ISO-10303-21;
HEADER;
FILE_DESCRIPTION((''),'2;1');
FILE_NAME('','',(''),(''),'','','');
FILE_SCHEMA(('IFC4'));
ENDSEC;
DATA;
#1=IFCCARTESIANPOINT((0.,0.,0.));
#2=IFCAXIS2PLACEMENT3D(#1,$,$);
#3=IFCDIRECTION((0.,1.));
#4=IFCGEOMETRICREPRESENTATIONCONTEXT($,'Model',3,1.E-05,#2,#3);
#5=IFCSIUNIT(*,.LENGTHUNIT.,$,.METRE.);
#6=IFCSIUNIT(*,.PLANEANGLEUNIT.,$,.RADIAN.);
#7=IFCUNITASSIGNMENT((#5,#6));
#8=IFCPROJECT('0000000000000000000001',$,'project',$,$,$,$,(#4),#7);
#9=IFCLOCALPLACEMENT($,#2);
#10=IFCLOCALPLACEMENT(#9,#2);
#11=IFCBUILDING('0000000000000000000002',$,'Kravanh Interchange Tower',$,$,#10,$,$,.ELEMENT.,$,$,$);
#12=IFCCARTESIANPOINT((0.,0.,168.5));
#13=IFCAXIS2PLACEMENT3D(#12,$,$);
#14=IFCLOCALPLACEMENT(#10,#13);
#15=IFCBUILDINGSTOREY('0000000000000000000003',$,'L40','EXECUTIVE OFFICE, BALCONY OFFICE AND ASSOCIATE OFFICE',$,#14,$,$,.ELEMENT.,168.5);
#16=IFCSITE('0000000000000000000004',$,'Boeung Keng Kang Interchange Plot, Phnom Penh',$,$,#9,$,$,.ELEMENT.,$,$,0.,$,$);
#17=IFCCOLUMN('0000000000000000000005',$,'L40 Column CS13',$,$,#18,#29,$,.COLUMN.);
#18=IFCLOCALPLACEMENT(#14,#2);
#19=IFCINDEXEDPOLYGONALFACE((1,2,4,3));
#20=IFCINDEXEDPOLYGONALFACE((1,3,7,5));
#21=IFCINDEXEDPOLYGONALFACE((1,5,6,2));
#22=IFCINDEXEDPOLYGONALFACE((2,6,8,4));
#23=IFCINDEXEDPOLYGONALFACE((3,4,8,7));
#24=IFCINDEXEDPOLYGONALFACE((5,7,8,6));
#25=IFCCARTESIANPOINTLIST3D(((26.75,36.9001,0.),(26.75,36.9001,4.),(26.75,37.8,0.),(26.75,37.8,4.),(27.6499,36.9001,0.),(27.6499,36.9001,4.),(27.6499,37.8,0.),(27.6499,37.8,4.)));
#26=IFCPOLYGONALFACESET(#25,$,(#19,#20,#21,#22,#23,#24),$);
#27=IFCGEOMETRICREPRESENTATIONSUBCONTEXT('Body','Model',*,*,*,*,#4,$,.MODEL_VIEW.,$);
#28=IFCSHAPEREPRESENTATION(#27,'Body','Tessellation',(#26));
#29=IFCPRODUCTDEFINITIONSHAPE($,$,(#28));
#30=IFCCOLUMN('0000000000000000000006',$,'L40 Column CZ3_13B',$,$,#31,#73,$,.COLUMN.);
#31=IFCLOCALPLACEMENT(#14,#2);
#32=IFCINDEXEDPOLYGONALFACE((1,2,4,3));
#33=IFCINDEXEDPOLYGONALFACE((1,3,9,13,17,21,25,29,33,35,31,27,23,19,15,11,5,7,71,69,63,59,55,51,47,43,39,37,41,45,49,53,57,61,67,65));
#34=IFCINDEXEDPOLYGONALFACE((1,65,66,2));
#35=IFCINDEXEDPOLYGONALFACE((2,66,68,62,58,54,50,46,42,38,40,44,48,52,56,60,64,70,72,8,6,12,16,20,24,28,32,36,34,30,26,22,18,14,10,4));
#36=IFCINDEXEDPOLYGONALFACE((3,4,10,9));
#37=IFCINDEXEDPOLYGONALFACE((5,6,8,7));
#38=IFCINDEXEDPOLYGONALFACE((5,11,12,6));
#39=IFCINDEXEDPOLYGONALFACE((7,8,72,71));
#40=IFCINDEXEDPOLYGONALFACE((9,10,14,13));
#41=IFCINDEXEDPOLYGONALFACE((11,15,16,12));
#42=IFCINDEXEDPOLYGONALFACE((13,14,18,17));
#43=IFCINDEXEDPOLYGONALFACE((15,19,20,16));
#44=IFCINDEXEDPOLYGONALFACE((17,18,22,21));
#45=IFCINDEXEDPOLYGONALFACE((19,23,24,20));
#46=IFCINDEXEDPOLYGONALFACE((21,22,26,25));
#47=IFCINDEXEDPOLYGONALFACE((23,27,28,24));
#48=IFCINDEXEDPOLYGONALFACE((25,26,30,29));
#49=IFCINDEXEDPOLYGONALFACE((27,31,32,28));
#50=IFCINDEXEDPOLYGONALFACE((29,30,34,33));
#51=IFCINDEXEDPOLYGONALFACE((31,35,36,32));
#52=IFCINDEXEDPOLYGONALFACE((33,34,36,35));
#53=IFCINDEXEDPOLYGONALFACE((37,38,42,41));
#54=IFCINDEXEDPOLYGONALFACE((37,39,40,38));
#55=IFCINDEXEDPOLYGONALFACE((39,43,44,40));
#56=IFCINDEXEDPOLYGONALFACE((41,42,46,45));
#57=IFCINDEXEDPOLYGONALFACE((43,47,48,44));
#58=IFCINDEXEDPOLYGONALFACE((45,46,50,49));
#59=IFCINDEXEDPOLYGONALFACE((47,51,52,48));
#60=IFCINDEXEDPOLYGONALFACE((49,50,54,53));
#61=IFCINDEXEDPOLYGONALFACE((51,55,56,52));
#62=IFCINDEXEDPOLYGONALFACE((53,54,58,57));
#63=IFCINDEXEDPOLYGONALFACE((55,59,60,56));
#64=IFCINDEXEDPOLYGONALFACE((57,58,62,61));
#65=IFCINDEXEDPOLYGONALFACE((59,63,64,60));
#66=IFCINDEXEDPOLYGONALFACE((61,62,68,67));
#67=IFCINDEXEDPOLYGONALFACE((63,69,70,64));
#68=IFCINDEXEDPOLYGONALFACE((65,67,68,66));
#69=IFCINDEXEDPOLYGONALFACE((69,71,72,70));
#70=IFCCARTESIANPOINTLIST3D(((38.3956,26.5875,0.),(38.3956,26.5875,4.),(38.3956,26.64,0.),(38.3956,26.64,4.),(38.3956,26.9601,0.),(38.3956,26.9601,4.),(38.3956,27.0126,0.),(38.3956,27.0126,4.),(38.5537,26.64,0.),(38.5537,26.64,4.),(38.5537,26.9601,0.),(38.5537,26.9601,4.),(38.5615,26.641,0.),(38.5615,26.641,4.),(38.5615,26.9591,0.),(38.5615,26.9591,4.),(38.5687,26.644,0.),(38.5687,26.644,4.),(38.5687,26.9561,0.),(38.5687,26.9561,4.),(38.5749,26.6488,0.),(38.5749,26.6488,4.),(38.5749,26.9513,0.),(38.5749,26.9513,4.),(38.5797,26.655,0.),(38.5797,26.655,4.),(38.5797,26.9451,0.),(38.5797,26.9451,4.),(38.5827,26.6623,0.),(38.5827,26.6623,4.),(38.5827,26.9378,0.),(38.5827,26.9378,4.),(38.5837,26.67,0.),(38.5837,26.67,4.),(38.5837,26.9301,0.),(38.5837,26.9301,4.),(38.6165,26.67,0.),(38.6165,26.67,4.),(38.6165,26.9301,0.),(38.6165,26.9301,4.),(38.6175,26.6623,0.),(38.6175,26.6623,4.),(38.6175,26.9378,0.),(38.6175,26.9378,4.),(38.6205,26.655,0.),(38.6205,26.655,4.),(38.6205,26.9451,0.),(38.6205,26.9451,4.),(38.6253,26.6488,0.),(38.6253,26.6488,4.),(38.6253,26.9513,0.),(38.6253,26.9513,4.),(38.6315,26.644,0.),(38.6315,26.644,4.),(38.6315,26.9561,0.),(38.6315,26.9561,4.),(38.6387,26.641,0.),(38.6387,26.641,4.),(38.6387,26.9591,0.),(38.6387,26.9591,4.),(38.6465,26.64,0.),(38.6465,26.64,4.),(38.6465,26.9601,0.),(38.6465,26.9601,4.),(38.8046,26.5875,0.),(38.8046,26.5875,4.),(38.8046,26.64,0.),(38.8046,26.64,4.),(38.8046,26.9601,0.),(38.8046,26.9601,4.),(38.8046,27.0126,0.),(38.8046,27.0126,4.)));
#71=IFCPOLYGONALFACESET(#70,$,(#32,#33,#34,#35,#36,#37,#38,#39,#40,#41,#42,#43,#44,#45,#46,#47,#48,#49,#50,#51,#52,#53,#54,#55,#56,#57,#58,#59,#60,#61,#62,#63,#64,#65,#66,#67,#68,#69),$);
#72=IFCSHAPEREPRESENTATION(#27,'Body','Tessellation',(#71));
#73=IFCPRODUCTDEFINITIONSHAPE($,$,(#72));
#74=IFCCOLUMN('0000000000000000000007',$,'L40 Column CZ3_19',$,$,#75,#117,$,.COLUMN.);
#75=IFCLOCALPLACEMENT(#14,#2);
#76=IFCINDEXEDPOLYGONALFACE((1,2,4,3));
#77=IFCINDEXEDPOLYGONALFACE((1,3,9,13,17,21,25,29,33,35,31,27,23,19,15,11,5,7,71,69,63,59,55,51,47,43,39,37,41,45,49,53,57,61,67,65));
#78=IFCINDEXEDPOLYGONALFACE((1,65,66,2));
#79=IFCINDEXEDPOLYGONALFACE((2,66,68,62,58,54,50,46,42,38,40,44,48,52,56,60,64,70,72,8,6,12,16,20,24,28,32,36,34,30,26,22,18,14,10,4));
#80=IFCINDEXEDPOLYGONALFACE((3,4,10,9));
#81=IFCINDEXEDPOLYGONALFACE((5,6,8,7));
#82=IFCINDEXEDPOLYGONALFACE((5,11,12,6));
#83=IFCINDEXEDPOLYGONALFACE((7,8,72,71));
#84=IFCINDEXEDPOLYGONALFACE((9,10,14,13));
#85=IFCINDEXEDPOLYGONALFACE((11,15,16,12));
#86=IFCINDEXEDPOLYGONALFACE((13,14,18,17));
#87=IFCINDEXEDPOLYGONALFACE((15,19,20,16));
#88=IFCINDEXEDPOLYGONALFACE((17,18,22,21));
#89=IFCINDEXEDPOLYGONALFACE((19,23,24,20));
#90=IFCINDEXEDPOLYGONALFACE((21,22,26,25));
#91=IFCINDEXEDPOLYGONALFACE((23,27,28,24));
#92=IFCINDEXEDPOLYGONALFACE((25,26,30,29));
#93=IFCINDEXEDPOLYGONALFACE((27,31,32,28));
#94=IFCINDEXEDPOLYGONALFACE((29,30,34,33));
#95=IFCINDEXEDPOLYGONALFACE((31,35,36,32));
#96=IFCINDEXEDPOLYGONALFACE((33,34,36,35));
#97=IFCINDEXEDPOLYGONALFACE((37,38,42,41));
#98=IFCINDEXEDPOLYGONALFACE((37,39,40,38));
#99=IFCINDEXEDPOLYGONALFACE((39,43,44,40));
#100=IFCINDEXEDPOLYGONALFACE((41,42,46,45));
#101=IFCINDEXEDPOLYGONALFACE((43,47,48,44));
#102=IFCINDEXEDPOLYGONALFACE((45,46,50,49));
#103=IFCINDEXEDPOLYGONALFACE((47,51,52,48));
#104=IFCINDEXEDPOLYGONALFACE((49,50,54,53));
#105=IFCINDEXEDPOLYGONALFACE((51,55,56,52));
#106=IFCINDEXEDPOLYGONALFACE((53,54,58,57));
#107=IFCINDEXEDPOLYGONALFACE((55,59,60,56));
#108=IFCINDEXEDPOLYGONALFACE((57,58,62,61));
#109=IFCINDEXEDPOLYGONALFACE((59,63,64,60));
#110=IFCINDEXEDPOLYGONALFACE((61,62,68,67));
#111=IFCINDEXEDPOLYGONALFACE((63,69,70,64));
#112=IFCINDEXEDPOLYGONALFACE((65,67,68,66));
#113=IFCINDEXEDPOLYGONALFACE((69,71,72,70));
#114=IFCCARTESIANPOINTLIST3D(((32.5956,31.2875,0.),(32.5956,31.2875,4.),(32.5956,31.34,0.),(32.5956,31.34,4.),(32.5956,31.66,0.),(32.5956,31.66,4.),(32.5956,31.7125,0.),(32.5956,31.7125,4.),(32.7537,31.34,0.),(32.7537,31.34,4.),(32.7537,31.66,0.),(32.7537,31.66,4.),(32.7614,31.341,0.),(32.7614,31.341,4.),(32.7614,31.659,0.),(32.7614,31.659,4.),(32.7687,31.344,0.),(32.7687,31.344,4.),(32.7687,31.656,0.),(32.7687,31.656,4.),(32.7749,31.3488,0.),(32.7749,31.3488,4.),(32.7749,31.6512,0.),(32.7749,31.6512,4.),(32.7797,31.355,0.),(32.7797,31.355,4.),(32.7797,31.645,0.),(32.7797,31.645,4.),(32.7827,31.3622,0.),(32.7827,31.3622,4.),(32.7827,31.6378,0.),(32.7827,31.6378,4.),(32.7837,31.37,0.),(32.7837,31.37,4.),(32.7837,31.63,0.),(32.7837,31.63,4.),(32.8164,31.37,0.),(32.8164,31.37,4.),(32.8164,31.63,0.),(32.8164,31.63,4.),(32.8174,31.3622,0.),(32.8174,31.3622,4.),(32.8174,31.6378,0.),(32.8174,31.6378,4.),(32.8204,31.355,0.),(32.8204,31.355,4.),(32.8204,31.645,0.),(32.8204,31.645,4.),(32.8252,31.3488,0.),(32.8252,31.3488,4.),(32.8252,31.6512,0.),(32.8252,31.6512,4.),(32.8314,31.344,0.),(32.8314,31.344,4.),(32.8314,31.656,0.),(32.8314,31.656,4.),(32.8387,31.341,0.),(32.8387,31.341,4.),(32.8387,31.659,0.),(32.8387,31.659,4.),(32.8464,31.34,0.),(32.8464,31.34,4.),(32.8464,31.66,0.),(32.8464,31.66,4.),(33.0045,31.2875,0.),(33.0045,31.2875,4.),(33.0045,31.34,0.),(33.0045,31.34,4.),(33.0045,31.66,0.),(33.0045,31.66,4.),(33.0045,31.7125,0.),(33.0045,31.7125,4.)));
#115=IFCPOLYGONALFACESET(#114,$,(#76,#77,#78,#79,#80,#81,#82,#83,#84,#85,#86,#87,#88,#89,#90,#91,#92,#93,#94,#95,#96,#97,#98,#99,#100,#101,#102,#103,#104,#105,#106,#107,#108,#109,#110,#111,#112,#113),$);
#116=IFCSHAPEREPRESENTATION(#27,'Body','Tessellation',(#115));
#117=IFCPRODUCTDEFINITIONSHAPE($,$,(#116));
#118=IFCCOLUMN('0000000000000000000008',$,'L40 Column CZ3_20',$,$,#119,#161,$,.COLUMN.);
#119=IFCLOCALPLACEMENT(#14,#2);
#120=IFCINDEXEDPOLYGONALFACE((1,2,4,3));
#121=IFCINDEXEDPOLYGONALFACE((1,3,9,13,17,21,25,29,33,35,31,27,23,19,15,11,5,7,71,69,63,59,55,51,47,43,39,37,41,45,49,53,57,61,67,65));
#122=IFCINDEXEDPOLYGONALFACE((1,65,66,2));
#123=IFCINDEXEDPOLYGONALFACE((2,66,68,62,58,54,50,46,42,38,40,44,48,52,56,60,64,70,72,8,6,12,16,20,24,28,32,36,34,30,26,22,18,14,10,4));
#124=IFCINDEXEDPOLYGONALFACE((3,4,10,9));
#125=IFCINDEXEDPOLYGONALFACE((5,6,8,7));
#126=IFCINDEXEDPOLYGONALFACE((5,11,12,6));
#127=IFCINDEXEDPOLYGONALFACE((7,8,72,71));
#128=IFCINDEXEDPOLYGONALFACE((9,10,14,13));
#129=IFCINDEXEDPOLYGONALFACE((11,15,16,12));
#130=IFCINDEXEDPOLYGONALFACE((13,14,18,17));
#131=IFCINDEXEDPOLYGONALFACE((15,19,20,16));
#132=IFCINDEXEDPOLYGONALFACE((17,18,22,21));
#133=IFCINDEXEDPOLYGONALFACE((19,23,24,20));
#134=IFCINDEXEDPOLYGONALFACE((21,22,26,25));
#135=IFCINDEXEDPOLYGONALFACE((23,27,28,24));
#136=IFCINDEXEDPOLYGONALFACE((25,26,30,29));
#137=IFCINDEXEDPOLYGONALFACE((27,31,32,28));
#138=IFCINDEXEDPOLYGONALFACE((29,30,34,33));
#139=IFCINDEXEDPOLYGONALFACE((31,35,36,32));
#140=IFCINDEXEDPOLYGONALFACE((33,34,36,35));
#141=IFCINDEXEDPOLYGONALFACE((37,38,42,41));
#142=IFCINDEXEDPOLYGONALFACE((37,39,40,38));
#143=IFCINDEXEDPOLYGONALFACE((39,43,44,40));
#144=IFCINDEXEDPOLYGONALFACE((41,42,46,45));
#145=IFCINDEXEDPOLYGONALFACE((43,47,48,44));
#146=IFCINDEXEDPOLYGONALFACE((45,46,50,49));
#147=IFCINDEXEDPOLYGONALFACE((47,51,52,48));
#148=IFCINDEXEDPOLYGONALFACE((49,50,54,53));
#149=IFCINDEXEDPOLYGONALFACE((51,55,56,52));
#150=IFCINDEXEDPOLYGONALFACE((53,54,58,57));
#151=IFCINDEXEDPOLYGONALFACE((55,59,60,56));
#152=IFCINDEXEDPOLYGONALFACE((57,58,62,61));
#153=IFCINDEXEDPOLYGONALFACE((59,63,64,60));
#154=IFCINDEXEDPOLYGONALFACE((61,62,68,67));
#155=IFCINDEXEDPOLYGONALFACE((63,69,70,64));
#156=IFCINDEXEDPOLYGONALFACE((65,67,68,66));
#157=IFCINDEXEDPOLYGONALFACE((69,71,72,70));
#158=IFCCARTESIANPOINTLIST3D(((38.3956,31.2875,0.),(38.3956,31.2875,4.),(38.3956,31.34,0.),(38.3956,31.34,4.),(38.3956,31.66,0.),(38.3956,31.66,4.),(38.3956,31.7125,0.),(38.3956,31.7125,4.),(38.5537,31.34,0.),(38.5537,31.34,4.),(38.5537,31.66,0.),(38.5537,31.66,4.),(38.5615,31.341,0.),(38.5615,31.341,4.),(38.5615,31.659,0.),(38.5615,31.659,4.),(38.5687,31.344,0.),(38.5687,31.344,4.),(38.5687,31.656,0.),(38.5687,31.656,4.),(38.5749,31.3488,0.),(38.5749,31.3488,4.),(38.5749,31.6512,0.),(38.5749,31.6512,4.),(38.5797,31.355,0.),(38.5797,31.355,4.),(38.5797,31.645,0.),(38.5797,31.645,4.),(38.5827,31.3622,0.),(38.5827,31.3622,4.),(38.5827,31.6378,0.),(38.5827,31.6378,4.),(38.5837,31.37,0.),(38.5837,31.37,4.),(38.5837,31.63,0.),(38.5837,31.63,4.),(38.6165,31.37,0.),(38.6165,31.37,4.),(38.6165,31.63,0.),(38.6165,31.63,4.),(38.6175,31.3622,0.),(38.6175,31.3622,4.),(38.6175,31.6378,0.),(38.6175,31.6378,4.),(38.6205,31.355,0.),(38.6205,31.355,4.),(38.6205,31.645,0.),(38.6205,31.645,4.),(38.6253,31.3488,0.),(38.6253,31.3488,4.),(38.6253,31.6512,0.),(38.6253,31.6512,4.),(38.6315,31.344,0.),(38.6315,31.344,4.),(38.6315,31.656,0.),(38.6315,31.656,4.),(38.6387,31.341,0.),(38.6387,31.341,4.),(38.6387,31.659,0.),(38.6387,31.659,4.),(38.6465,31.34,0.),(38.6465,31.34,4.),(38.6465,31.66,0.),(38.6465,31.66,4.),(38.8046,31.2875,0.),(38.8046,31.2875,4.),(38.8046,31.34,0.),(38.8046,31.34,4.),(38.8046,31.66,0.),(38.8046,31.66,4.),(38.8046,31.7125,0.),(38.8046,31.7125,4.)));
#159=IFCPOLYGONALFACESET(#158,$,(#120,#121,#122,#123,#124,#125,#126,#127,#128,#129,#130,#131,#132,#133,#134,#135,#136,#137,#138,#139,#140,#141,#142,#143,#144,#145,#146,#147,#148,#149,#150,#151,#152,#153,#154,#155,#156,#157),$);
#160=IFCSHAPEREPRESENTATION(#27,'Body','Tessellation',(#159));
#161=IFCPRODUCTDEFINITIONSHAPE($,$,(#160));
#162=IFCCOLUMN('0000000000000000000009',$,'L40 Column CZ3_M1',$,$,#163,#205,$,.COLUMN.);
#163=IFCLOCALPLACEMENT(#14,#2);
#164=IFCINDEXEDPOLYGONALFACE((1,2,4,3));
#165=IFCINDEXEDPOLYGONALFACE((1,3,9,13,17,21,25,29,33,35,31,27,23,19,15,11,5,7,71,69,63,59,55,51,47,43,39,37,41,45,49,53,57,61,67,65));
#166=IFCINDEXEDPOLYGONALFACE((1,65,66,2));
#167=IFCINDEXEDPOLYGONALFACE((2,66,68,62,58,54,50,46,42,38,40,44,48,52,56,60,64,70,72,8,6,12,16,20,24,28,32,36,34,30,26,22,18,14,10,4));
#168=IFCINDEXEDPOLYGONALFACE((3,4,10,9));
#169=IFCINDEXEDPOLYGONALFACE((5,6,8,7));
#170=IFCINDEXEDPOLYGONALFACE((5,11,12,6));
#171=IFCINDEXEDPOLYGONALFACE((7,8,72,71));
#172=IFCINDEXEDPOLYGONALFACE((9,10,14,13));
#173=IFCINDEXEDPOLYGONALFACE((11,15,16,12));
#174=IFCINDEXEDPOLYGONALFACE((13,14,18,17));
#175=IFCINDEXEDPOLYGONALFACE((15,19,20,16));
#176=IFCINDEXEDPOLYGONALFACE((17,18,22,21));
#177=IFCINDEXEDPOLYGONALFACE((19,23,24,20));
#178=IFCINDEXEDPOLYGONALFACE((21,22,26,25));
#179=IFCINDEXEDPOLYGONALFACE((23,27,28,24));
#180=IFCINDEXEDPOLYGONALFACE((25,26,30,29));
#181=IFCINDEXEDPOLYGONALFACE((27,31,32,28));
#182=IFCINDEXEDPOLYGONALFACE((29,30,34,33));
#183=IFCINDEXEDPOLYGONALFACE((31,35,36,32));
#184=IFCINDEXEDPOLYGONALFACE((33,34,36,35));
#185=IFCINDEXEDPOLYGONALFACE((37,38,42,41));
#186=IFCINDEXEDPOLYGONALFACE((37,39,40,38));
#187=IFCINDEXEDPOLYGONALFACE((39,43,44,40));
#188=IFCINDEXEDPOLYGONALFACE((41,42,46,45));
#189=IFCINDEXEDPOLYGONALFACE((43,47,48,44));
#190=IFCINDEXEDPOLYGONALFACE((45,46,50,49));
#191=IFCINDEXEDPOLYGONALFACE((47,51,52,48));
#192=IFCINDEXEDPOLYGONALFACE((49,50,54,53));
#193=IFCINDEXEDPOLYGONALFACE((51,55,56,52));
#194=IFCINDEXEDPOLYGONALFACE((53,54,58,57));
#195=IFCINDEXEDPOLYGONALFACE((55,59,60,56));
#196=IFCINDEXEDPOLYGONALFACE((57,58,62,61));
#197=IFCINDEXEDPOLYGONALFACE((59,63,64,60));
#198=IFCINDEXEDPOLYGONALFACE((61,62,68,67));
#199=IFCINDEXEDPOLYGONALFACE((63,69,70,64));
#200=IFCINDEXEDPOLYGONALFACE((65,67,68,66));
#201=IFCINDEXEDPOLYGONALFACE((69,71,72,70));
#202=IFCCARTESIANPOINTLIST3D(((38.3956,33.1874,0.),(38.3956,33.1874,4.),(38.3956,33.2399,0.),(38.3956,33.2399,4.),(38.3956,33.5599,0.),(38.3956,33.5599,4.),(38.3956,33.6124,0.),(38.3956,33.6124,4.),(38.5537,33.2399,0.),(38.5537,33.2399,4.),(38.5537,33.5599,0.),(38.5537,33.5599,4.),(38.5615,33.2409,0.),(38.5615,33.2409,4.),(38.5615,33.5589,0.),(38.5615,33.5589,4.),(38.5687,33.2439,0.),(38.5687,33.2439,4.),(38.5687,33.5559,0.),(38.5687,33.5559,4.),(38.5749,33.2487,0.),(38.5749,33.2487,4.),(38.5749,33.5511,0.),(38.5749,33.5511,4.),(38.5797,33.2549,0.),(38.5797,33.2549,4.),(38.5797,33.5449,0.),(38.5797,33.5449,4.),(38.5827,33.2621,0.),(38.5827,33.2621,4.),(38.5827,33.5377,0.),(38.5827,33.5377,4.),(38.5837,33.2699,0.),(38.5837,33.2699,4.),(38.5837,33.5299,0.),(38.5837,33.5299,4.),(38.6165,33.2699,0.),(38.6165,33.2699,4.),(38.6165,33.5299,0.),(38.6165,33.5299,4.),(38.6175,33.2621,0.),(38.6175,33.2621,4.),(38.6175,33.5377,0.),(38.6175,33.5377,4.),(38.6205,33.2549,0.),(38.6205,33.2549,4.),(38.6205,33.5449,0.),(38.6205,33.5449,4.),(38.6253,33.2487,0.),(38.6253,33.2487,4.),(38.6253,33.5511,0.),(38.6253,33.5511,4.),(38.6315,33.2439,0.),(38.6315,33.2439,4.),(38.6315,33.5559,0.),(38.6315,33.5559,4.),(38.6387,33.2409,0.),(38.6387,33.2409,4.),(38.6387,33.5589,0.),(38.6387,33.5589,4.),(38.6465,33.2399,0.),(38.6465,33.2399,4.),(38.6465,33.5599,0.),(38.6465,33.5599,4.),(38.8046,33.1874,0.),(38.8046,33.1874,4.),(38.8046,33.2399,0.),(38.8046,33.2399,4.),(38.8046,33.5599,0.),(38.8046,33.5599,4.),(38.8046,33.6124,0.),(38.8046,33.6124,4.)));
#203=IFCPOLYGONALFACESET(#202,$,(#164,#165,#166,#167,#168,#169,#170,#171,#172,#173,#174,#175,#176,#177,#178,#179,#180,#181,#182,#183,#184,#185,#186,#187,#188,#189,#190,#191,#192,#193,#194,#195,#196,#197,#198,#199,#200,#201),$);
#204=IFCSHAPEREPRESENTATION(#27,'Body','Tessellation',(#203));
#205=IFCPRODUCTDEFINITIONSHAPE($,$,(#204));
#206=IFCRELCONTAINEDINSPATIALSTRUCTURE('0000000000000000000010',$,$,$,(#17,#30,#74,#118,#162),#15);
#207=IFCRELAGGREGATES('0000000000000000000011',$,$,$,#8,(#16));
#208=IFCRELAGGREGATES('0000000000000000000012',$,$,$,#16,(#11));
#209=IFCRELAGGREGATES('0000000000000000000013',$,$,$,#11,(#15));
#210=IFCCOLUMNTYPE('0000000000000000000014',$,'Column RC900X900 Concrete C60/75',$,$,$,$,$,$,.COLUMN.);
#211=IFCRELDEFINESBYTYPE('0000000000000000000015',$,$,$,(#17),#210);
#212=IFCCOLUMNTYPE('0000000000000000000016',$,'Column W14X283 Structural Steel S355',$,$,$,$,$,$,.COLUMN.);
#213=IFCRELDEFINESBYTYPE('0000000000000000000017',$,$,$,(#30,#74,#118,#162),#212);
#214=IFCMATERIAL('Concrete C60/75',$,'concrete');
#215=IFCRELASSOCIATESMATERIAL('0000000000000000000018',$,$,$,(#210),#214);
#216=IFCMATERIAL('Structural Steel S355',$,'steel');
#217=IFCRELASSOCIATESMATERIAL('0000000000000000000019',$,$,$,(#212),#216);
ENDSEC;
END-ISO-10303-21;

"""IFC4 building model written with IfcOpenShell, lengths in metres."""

from ifc_helpers import new_model, si_unit, direction, frame, origin, origin_2d, place, context, subcontext, project, spatial, rectangle, i_section, extrude, material, material_profile, profile_set, type_object, element, save


model = new_model("IFC4")

# Units and contexts
model_context = context("Model", 3, precision=1e-05, world=origin(), true_north=direction((0.0, 1.0)))
body_context = subcontext(model_context, "Body", "Model", "MODEL_VIEW")
ifc_project = project(units=[si_unit("LENGTHUNIT", "METRE"), si_unit("PLANEANGLEUNIT", "RADIAN")], contexts=[model_context])

# Site, building, storey
site_placement = place(None, origin())
site = spatial("IfcSite", under=ifc_project, at=site_placement, Name="Boeung Keng Kang Interchange Plot, Phnom Penh", CompositionType="ELEMENT", RefElevation=0.0)
building_placement = place(site_placement, origin())
building = spatial("IfcBuilding", under=site, at=building_placement, Name="Kravanh Interchange Tower", CompositionType="ELEMENT")
storey_placement = place(building_placement, frame((0.0, 0.0, 168.5)))
storey = spatial("IfcBuildingStorey", under=building, at=storey_placement, Name="L40", Description="EXECUTIVE OFFICE, BALCONY OFFICE AND ASSOCIATE OFFICE", CompositionType="ELEMENT", Elevation=168.5)

# Columns
ifc_material_1 = material(Name="Concrete C60/75", Category="concrete")
ifc_material_profile_1 = material_profile(ifc_material_1, rectangle(XDim=0.8999, YDim=0.8999, at=origin_2d()), Name="RC900X900")
ifc_profile_set_1 = profile_set([ifc_material_profile_1], Name="Concrete C60/75")
column_type_1 = type_object("IfcColumnType", Name="Column RC900X900 Concrete C60/75", PredefinedType="COLUMN", material=ifc_profile_set_1)
column_placement = place(storey_placement, frame((27.2, 37.3501, 0.0), z_axis=(0.0, 0.0, 1.0), x_axis=(1.0, 0.0, 0.0)))
element("IfcColumn", 1, at=column_placement, inside=storey, type_object=column_type_1, Name="L40 Column CS13", PredefinedType="COLUMN", context=body_context, shape_type="SweptSolid", body=[
    extrude(rectangle(XDim=0.8999, YDim=0.8999, at=origin_2d()), origin(), (0.0, 0.0, 1.0), 4.0),
])
ifc_material_2 = material(Name="Structural Steel S355", Category="steel")
ifc_material_profile_2 = material_profile(ifc_material_2, i_section(OverallWidth=0.4089, OverallDepth=0.425, WebThickness=0.0327, FlangeThickness=0.0525, FilletRadius=0.03, at=origin_2d()), Name="W14X283")
ifc_profile_set_2 = profile_set([ifc_material_profile_2], Name="Structural Steel S355")
column_type_2 = type_object("IfcColumnType", Name="Column W14X283 Structural Steel S355", PredefinedType="COLUMN", material=ifc_profile_set_2)
for number, where, z_axis, x_axis, name in (
    (2, (38.6001, 26.8, 0.0), (0.0, 0.0, 1.0), (1.0, 0.0, 0.0), "L40 Column CZ3_13B"),
    (3, (32.8, 31.5, 0.0), (0.0, 0.0, 1.0), (1.0, 0.0, 0.0), "L40 Column CZ3_19"),
    (4, (38.6001, 31.5, 0.0), (0.0, 0.0, 1.0), (1.0, 0.0, 0.0), "L40 Column CZ3_20"),
    (5, (38.6001, 33.3999, 0.0), (0.0, 0.0, 1.0), (1.0, 0.0, 0.0), "L40 Column CZ3_M1"),
):
    element("IfcColumn", number, at=place(storey_placement, frame(where, z_axis=z_axis, x_axis=x_axis)), inside=storey, type_object=column_type_2, Name=name, PredefinedType="COLUMN", context=body_context, shape_type="SweptSolid", body=[
        extrude(i_section(OverallWidth=0.4089, OverallDepth=0.425, WebThickness=0.0327, FlangeThickness=0.0525, FilletRadius=0.03, at=origin_2d()), origin(), (0.0, 0.0, 1.0), 4.0),
    ])

save(model, "model.ifc")
